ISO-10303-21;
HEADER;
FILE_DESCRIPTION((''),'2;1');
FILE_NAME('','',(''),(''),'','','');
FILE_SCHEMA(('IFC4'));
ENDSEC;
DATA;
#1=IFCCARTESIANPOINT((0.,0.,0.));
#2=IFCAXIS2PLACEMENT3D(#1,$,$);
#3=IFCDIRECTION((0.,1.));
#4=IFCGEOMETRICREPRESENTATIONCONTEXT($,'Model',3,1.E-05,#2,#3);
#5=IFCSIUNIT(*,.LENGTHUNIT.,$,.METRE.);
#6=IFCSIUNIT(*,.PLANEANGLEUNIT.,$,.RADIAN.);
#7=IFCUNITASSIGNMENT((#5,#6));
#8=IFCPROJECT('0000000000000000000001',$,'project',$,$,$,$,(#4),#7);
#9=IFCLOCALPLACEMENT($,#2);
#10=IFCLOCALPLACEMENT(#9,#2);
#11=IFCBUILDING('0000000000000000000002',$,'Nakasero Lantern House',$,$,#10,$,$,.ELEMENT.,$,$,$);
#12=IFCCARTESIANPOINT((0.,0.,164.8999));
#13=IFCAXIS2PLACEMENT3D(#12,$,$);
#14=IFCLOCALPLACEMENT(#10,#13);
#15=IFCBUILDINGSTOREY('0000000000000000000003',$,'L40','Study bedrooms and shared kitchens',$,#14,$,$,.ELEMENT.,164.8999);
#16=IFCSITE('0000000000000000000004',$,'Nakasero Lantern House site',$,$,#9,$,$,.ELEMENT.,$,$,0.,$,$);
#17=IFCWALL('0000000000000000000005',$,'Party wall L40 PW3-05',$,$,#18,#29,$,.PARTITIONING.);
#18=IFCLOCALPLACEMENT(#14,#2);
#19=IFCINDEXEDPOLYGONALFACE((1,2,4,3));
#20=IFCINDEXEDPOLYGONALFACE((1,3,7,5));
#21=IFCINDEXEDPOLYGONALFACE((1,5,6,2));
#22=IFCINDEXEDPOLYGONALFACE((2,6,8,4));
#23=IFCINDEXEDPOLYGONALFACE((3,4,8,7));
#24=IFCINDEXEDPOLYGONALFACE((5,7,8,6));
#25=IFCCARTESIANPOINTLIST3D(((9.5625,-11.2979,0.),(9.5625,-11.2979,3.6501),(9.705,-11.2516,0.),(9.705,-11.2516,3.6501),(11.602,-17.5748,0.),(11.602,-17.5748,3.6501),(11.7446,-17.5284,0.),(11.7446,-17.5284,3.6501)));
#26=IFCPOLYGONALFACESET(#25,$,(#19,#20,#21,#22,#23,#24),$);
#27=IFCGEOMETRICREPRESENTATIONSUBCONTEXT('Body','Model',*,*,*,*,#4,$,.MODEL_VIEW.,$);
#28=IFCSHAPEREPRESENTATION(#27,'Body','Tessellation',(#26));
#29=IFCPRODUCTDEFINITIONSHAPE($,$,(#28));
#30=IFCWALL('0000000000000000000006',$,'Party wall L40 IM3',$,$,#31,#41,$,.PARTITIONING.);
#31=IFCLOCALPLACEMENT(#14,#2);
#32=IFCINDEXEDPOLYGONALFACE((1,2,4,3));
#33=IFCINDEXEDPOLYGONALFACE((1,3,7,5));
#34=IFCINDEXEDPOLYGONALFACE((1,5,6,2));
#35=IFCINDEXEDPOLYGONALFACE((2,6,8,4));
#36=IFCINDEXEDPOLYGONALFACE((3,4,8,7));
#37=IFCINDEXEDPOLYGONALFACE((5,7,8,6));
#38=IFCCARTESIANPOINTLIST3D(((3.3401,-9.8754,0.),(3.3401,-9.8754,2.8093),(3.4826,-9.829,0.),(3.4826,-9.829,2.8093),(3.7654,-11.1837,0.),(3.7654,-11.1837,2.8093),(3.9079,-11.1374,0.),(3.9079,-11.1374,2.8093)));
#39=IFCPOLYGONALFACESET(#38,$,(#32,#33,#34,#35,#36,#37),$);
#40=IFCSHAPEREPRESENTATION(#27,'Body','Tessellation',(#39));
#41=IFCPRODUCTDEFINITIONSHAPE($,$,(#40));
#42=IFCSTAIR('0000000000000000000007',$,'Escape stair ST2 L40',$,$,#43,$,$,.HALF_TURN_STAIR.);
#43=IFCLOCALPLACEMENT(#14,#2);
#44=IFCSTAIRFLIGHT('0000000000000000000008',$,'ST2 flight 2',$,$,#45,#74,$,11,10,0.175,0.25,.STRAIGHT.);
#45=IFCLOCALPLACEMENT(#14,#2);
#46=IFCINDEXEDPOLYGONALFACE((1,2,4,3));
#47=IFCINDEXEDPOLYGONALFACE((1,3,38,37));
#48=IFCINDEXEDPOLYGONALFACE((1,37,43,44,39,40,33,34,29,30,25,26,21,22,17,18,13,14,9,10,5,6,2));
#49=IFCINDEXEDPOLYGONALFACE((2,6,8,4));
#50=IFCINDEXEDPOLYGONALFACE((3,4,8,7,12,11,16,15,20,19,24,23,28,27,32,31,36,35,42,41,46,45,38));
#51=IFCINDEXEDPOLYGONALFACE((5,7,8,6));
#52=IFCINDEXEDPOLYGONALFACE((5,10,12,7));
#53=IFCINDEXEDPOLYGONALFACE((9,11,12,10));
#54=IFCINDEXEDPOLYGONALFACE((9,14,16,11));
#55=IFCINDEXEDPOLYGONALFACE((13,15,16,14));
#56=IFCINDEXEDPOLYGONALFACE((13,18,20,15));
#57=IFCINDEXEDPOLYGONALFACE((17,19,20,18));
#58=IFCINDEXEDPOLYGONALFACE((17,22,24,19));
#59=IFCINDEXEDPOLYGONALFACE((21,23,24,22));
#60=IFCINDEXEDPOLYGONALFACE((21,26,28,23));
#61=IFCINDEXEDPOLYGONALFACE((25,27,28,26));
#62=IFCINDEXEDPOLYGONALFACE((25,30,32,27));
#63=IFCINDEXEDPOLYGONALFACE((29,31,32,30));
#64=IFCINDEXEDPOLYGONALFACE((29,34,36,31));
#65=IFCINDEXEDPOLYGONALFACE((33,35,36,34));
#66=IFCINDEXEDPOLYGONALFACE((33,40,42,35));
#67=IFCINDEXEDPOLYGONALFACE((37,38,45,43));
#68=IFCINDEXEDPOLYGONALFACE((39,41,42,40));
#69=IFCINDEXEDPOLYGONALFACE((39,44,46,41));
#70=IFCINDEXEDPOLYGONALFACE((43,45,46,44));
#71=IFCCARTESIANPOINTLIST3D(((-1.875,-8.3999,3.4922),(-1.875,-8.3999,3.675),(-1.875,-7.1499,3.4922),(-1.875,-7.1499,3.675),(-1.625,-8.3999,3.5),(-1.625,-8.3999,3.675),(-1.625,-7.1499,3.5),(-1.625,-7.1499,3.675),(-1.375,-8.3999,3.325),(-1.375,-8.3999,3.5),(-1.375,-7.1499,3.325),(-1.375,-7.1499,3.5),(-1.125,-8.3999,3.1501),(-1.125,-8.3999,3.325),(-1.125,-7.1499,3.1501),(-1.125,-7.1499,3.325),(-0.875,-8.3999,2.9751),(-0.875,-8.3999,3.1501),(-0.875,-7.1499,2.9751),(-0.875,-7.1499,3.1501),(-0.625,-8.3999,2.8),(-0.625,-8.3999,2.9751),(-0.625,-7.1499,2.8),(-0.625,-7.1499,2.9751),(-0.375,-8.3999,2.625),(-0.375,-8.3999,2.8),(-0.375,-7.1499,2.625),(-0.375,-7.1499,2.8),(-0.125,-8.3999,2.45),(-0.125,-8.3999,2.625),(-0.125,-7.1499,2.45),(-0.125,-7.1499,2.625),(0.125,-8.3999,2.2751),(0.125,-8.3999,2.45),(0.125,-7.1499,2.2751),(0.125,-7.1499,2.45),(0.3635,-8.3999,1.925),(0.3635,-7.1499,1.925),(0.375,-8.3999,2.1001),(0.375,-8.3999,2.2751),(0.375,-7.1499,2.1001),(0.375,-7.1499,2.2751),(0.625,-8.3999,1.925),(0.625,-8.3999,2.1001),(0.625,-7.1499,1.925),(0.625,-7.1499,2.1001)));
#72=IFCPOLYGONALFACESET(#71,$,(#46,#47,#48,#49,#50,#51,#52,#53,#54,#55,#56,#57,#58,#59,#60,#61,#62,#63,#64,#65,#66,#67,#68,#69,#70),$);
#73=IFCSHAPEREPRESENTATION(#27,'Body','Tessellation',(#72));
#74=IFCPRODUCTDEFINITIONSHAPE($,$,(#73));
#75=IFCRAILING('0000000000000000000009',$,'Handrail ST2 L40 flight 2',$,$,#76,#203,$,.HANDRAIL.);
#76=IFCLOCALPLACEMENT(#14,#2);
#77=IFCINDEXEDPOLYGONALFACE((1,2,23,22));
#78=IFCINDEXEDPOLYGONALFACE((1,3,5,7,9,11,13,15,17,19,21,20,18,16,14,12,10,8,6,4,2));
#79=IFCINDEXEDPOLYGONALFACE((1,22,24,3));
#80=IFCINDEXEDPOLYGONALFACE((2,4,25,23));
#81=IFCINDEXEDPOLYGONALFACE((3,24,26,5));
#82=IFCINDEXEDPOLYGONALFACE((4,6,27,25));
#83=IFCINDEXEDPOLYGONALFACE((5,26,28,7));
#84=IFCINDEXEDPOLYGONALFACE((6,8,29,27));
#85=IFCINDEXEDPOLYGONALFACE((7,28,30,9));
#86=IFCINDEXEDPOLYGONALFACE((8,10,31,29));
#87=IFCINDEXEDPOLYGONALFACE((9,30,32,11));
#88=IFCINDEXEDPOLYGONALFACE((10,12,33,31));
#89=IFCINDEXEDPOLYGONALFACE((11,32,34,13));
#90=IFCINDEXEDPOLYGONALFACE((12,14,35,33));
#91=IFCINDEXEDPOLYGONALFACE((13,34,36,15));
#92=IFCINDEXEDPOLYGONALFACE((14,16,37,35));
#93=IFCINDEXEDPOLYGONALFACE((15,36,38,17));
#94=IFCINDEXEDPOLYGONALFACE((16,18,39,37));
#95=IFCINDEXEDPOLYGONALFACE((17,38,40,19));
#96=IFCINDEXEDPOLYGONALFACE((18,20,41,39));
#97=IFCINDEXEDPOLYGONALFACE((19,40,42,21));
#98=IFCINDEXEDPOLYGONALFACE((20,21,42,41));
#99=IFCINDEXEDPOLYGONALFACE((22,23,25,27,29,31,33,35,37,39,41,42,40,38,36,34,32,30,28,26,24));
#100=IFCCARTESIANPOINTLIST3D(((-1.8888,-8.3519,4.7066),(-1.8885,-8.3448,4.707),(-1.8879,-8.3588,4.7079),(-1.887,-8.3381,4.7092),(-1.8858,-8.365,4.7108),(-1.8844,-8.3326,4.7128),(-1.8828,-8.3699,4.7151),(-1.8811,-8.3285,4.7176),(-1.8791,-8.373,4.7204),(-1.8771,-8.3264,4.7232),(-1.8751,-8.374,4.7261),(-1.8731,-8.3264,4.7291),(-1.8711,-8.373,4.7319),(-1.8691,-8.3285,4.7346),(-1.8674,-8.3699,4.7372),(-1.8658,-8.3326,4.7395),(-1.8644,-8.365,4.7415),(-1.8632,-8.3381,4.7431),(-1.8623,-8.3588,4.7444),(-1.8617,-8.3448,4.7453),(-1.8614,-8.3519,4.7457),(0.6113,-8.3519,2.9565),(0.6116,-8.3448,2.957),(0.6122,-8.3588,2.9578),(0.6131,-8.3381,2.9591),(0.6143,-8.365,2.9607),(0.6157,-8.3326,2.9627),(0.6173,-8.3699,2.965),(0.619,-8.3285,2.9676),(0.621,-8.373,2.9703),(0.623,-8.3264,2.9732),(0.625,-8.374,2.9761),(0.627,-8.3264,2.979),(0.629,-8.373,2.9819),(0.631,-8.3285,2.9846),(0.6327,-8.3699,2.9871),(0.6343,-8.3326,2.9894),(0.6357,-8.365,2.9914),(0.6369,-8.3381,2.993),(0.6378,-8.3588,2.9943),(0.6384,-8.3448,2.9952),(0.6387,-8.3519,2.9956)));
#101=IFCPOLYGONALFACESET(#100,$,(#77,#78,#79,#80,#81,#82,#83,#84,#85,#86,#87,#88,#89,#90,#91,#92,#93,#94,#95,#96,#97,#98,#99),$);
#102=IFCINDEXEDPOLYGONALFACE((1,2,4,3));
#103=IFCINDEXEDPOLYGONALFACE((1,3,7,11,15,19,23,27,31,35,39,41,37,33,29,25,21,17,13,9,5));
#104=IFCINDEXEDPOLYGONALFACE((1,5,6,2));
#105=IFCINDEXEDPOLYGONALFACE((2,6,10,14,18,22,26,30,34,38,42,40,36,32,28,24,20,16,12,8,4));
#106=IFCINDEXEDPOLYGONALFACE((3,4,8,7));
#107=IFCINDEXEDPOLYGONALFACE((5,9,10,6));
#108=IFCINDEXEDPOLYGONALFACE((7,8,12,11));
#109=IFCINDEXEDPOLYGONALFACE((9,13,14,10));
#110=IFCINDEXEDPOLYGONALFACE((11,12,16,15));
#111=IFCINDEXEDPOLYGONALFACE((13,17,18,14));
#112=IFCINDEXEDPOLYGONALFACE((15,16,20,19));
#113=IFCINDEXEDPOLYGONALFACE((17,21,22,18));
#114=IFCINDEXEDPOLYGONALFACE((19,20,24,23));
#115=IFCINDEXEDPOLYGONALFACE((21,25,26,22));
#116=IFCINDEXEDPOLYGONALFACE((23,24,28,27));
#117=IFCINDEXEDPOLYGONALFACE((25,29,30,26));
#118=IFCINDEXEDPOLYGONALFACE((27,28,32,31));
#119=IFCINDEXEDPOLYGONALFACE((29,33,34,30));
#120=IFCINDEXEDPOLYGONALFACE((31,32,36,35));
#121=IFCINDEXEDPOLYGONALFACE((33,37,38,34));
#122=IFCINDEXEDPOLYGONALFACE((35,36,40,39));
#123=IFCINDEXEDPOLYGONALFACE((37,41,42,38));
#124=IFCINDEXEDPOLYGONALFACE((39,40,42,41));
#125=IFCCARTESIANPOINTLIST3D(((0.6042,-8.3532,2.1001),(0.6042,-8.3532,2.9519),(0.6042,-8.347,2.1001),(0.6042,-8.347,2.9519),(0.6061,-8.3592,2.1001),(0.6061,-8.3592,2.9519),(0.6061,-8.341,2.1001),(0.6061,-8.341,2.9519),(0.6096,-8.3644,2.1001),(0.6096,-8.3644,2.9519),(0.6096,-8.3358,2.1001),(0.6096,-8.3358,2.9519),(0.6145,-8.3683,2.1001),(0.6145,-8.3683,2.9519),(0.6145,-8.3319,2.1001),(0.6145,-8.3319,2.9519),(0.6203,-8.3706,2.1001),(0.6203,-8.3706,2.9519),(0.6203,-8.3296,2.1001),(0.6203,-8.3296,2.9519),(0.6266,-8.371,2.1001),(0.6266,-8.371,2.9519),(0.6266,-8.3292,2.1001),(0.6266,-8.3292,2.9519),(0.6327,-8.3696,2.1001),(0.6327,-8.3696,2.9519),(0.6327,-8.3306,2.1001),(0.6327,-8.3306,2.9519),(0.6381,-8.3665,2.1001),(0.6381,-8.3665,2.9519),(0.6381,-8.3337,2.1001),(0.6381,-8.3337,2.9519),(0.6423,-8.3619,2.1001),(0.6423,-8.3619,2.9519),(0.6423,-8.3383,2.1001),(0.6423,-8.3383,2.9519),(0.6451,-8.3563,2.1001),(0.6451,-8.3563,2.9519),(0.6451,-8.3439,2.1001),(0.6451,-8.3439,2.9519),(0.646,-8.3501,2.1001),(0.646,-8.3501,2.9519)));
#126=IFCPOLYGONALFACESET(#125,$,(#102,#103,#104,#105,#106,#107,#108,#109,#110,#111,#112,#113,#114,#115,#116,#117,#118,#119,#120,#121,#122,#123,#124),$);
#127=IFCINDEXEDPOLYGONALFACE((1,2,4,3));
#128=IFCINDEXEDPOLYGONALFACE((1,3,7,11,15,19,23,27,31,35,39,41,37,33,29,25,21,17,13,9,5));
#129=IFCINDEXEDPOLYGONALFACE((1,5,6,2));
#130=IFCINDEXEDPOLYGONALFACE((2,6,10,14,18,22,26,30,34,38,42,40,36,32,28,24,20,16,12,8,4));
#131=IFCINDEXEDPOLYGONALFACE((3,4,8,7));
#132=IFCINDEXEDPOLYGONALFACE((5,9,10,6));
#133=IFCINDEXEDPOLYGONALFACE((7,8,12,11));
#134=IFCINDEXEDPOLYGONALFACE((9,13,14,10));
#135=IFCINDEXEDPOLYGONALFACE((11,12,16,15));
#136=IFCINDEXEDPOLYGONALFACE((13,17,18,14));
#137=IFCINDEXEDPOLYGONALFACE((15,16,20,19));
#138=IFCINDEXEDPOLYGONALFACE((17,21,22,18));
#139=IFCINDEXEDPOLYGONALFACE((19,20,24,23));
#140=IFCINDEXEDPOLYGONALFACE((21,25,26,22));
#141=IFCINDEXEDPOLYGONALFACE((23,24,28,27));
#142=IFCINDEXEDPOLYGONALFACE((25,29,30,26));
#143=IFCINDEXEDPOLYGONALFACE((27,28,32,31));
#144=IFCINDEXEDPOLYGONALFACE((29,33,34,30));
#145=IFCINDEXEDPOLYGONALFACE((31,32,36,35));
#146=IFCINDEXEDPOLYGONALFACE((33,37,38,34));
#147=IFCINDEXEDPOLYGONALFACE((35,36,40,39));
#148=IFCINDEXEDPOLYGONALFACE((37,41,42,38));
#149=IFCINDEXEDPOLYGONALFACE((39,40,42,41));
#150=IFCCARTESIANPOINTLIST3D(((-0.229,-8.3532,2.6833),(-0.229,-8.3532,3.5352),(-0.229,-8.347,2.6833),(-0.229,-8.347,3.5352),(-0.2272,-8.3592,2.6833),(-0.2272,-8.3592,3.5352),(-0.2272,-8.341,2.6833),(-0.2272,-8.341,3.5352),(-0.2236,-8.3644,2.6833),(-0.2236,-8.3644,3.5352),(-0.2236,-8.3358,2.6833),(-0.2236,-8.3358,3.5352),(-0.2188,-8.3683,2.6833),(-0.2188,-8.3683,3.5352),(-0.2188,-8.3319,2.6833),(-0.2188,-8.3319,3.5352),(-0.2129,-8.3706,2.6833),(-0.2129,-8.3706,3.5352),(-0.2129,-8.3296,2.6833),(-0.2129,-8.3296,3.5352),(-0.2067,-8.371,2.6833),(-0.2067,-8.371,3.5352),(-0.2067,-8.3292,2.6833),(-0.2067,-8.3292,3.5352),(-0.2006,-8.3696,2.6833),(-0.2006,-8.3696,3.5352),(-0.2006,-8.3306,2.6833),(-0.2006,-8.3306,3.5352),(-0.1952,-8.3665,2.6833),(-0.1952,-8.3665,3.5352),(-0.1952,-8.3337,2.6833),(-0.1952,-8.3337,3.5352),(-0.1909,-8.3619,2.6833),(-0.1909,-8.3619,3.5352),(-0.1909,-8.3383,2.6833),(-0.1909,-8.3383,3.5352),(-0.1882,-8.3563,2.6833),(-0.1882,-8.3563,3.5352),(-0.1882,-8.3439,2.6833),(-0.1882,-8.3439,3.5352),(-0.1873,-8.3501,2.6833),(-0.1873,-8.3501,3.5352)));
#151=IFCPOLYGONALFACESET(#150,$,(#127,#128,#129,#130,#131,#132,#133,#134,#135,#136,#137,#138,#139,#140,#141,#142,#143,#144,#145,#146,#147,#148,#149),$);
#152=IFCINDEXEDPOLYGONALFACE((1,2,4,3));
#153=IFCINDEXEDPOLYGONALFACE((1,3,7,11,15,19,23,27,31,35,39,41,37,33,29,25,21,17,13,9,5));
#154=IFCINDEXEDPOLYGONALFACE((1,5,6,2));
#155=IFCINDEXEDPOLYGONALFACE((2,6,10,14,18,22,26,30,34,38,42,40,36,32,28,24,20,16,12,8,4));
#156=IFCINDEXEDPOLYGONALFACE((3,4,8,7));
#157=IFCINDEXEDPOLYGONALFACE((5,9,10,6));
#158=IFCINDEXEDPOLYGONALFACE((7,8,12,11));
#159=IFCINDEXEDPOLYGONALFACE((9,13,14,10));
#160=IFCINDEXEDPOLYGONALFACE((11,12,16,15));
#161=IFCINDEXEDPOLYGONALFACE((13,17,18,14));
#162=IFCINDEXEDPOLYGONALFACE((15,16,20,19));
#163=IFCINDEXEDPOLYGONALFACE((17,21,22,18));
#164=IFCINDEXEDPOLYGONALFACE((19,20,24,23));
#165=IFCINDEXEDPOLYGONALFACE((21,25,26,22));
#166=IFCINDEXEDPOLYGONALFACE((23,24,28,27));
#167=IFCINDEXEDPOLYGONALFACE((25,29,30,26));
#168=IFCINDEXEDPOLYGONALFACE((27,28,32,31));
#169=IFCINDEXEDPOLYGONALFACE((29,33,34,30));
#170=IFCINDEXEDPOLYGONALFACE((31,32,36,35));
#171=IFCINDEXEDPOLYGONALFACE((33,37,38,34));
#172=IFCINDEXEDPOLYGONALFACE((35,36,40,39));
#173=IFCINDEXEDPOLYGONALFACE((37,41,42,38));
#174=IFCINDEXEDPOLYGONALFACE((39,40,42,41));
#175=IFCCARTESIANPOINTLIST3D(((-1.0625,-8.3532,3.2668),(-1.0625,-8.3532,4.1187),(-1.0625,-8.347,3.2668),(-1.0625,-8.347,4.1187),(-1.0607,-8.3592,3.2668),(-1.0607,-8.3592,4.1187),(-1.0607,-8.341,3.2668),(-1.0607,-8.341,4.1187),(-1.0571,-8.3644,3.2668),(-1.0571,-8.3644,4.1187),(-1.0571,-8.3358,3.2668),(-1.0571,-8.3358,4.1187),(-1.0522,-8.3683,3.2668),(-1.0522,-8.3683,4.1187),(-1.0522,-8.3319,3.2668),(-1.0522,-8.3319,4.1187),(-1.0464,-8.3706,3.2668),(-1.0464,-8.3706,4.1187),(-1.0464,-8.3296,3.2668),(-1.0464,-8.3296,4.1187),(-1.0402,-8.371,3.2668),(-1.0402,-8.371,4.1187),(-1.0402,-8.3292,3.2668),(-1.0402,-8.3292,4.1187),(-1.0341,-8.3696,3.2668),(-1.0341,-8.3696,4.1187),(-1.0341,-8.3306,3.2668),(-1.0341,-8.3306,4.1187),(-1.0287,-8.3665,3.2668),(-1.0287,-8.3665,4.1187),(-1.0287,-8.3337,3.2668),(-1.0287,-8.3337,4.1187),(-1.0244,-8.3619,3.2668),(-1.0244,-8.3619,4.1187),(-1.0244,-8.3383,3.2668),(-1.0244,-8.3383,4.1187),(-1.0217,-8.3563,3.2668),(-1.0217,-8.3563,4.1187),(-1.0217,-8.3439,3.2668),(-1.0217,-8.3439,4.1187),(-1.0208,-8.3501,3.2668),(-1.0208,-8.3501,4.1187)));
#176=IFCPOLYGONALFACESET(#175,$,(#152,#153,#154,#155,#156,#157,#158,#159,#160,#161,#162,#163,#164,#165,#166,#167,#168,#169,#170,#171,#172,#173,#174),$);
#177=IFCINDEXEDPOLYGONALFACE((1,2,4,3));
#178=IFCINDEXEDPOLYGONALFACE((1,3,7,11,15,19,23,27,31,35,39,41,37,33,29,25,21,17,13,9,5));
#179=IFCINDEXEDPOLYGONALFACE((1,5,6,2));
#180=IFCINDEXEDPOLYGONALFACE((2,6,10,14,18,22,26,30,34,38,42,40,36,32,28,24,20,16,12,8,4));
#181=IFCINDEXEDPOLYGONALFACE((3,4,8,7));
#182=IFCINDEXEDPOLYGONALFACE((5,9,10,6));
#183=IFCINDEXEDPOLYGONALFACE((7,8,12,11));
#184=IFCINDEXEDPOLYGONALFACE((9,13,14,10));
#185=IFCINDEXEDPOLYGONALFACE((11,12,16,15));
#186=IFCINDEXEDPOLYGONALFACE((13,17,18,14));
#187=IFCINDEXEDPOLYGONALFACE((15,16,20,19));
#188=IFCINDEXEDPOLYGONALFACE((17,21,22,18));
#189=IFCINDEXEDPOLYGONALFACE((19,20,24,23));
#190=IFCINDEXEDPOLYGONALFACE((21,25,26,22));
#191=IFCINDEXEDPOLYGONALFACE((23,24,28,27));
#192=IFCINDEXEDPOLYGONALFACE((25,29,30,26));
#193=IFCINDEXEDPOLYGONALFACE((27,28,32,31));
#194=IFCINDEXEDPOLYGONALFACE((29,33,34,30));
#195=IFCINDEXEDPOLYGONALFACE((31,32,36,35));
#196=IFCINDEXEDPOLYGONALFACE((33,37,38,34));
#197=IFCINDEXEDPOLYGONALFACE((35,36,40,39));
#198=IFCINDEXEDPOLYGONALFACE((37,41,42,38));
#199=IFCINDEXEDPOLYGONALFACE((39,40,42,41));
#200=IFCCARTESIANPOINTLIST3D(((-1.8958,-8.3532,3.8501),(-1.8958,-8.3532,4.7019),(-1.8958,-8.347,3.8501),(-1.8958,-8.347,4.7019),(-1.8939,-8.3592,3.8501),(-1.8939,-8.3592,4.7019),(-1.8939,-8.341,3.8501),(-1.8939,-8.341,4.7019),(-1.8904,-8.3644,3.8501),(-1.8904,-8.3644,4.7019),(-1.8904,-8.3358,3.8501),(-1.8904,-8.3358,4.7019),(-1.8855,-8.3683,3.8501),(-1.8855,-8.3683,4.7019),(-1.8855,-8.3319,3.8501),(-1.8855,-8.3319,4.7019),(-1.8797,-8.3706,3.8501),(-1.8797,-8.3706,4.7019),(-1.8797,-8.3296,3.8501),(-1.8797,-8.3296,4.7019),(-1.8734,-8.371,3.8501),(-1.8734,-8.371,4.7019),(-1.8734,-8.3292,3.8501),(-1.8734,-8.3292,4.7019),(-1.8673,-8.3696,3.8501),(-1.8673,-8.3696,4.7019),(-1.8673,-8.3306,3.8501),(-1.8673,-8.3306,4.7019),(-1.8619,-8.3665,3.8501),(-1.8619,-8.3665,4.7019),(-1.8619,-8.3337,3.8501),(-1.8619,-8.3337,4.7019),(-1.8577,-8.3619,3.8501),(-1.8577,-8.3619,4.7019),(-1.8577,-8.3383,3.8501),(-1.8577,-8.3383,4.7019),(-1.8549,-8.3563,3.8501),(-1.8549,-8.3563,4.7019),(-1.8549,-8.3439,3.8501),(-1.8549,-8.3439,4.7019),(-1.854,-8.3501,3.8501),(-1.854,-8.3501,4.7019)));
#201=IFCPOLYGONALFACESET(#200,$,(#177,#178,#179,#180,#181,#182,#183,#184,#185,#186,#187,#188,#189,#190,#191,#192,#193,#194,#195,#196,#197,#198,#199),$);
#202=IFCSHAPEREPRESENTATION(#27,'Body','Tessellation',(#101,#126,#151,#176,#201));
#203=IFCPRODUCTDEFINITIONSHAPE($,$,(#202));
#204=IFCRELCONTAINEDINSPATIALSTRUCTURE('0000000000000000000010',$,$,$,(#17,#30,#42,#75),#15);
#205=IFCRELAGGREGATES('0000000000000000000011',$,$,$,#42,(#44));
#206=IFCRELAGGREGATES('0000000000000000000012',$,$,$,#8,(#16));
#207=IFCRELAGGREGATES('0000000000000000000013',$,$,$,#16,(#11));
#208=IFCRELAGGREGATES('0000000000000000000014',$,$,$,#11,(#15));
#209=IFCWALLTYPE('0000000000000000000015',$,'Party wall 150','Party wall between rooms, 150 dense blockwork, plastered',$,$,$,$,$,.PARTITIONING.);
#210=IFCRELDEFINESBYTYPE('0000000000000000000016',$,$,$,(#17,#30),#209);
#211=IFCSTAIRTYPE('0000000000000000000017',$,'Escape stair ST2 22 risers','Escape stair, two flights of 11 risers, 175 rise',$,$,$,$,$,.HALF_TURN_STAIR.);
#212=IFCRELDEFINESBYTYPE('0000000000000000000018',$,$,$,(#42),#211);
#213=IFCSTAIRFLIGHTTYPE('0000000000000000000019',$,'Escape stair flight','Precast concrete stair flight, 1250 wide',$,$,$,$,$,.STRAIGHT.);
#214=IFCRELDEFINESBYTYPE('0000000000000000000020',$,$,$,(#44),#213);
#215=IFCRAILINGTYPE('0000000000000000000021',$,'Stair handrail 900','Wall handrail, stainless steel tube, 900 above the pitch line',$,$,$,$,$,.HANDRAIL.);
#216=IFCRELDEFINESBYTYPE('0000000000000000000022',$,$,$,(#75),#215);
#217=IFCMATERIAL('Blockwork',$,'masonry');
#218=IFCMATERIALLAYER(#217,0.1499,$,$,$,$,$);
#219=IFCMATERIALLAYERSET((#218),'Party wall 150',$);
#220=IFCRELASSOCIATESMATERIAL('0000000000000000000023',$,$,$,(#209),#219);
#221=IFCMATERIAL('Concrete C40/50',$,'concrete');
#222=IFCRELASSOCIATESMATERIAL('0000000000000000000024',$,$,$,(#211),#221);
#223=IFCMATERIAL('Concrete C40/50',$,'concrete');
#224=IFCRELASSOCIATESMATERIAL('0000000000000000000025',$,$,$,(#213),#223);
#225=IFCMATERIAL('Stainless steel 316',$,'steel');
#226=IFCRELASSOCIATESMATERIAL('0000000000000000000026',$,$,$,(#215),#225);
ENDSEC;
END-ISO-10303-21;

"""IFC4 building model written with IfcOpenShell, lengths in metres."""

from ifc_helpers import new_model, si_unit, direction, frame, frame_2d, origin, origin_2d, place, context, subcontext, project, spatial, polyline, rectangle, circle, outline, extrude, material, layer, layer_set, type_object, element, aggregate, save


model = new_model("IFC4")

# Units and contexts
model_context = context("Model", 3, precision=1e-05, world=origin(), true_north=direction((0.0, 1.0)))
body_context = subcontext(model_context, "Body", "Model", "MODEL_VIEW")
ifc_project = project(units=[si_unit("LENGTHUNIT", "METRE"), si_unit("PLANEANGLEUNIT", "RADIAN")], contexts=[model_context])

# Site, building, storey
site_placement = place(None, origin())
site = spatial("IfcSite", under=ifc_project, at=site_placement, Name="Nakasero Lantern House site", CompositionType="ELEMENT", RefElevation=0.0)
building_placement = place(site_placement, origin())
building = spatial("IfcBuilding", under=site, at=building_placement, Name="Nakasero Lantern House", CompositionType="ELEMENT")
storey_placement = place(building_placement, frame((0.0, 0.0, 164.8999)))
storey = spatial("IfcBuildingStorey", under=building, at=storey_placement, Name="L40", Description="Study bedrooms and shared kitchens", CompositionType="ELEMENT", Elevation=164.8999)

# Walls
ifc_material_1 = material(Name="Blockwork", Category="masonry")
ifc_layer_1 = layer(ifc_material_1, 0.1499)
ifc_layer_set_1 = layer_set([ifc_layer_1], Name="Party wall 150")
wall_type_1 = type_object("IfcWallType", Name="Party wall 150", Description="Party wall between rooms, 150 dense blockwork, plastered", PredefinedType="PARTITIONING", material=ifc_layer_set_1)
wall_1_placement = place(storey_placement, frame((9.6338, -11.2749, 0.0), z_axis=(0.0, 0.0, 1.0), x_axis=(0.309028, -0.951053, 0.0)))
element("IfcWall", 1, at=wall_1_placement, inside=storey, type_object=wall_type_1, Name="Party wall L40 PW3-05", PredefinedType="PARTITIONING", context=body_context, shape_type="SweptSolid", body=[
    extrude(rectangle(XDim=6.5999, YDim=0.1499, at=frame_2d((3.2998, 0.0))), origin(), (0.0, 0.0, 1.0), 3.6501),
])
wall_2_placement = place(storey_placement, frame((3.8367, -11.1606, 0.0), z_axis=(0.0, 0.0, 1.0), x_axis=(-0.309138, 0.951017, 0.0)))
element("IfcWall", 2, at=wall_2_placement, inside=storey, type_object=wall_type_1, Name="Party wall L40 IM3", PredefinedType="PARTITIONING", context=body_context, shape_type="SweptSolid", body=[
    extrude(rectangle(XDim=1.3757, YDim=0.1499, at=frame_2d((0.688, 0.0))), origin(), (0.0, 0.0, 1.0), 2.8093),
])

# Stair, stair flight
ifc_material_2 = material(Name="Concrete C40/50", Category="concrete")
stair_type = type_object("IfcStairType", Name="Escape stair ST2 22 risers", Description="Escape stair, two flights of 11 risers, 175 rise", PredefinedType="HALF_TURN_STAIR", material=ifc_material_2)
stair_placement = place(storey_placement, origin())
stair = element("IfcStair", 3, at=stair_placement, inside=storey, type_object=stair_type, Name="Escape stair ST2 L40", PredefinedType="HALF_TURN_STAIR")
ifc_material_3 = material(Name="Concrete C40/50", Category="concrete")
stair_flight_type = type_object("IfcStairFlightType", Name="Escape stair flight", Description="Precast concrete stair flight, 1250 wide", PredefinedType="STRAIGHT", material=ifc_material_3)
stair_flight_placement = place(storey_placement, frame((0.625, -7.7749, 1.925), z_axis=(0.0, 0.0, 1.0), x_axis=(-1.0, 0.0, 0.0)))
stair_flight = element("IfcStairFlight", 4, at=stair_flight_placement, type_object=stair_flight_type, Name="ST2 flight 2", NumberOfRisers=11, NumberOfTreads=10, PredefinedType="STRAIGHT", RiserHeight=0.175, TreadLength=0.25, context=body_context, shape_type="SweptSolid", body=[
    extrude(outline(polyline([(0.0, 0.0), (0.0, 0.175), (0.25, 0.175), (0.25, 0.3501), (0.5, 0.3501), (0.5, 0.5249), (0.75, 0.5249), (0.75, 0.7), (1.0, 0.7), (1.0, 0.875), (1.25, 0.875), (1.25, 1.05), (1.5, 1.05), (1.5, 1.2251), (1.75, 1.2251), (1.75, 1.3999), (2.0, 1.3999), (2.0, 1.575), (2.25, 1.575), (2.25, 1.75), (2.5, 1.75), (2.5, 1.925), (2.5, 1.5671), (0.2615, 0.0), (0.0, 0.0)])), frame((0.0, 0.625, 0.0), z_axis=(0.0, -1.0, 0.0), x_axis=(1.0, 0.0, 0.0)), (0.0, 0.0, 1.0), 1.25),
])
aggregate(stair, [stair_flight])

# Railing
ifc_material_4 = material(Name="Stainless steel 316", Category="steel")
railing_type = type_object("IfcRailingType", Name="Stair handrail 900", Description="Wall handrail, stainless steel tube, 900 above the pitch line", PredefinedType="HANDRAIL", material=ifc_material_4)
railing_placement = place(storey_placement, frame((0.625, -8.3501, 2.1001)))
element("IfcRailing", 5, at=railing_placement, inside=storey, type_object=railing_type, Name="Handrail ST2 L40 flight 2", PredefinedType="HANDRAIL", context=body_context, shape_type="SweptSolid", body=[
    extrude(circle(Radius=0.0239, at=origin_2d()), frame((0.0, 0.0, 0.876), z_axis=(-0.819232, 0.0, 0.573462), x_axis=(0.0, -1.0, 0.0)), (0.0, 0.0, 1.0), 3.0518),
    extrude(circle(Radius=0.021, at=origin_2d()), origin(), (0.0, 0.0, 1.0), 0.8518),
    extrude(circle(Radius=0.021, at=origin_2d()), frame((-0.8333, 0.0, 0.5833)), (0.0, 0.0, 1.0), 0.8518),
    extrude(circle(Radius=0.021, at=origin_2d()), frame((-1.6667, 0.0, 1.1667)), (0.0, 0.0, 1.0), 0.8518),
    extrude(circle(Radius=0.021, at=origin_2d()), frame((-2.5, 0.0, 1.75)), (0.0, 0.0, 1.0), 0.8518),
])

save(model, "model.ifc")
